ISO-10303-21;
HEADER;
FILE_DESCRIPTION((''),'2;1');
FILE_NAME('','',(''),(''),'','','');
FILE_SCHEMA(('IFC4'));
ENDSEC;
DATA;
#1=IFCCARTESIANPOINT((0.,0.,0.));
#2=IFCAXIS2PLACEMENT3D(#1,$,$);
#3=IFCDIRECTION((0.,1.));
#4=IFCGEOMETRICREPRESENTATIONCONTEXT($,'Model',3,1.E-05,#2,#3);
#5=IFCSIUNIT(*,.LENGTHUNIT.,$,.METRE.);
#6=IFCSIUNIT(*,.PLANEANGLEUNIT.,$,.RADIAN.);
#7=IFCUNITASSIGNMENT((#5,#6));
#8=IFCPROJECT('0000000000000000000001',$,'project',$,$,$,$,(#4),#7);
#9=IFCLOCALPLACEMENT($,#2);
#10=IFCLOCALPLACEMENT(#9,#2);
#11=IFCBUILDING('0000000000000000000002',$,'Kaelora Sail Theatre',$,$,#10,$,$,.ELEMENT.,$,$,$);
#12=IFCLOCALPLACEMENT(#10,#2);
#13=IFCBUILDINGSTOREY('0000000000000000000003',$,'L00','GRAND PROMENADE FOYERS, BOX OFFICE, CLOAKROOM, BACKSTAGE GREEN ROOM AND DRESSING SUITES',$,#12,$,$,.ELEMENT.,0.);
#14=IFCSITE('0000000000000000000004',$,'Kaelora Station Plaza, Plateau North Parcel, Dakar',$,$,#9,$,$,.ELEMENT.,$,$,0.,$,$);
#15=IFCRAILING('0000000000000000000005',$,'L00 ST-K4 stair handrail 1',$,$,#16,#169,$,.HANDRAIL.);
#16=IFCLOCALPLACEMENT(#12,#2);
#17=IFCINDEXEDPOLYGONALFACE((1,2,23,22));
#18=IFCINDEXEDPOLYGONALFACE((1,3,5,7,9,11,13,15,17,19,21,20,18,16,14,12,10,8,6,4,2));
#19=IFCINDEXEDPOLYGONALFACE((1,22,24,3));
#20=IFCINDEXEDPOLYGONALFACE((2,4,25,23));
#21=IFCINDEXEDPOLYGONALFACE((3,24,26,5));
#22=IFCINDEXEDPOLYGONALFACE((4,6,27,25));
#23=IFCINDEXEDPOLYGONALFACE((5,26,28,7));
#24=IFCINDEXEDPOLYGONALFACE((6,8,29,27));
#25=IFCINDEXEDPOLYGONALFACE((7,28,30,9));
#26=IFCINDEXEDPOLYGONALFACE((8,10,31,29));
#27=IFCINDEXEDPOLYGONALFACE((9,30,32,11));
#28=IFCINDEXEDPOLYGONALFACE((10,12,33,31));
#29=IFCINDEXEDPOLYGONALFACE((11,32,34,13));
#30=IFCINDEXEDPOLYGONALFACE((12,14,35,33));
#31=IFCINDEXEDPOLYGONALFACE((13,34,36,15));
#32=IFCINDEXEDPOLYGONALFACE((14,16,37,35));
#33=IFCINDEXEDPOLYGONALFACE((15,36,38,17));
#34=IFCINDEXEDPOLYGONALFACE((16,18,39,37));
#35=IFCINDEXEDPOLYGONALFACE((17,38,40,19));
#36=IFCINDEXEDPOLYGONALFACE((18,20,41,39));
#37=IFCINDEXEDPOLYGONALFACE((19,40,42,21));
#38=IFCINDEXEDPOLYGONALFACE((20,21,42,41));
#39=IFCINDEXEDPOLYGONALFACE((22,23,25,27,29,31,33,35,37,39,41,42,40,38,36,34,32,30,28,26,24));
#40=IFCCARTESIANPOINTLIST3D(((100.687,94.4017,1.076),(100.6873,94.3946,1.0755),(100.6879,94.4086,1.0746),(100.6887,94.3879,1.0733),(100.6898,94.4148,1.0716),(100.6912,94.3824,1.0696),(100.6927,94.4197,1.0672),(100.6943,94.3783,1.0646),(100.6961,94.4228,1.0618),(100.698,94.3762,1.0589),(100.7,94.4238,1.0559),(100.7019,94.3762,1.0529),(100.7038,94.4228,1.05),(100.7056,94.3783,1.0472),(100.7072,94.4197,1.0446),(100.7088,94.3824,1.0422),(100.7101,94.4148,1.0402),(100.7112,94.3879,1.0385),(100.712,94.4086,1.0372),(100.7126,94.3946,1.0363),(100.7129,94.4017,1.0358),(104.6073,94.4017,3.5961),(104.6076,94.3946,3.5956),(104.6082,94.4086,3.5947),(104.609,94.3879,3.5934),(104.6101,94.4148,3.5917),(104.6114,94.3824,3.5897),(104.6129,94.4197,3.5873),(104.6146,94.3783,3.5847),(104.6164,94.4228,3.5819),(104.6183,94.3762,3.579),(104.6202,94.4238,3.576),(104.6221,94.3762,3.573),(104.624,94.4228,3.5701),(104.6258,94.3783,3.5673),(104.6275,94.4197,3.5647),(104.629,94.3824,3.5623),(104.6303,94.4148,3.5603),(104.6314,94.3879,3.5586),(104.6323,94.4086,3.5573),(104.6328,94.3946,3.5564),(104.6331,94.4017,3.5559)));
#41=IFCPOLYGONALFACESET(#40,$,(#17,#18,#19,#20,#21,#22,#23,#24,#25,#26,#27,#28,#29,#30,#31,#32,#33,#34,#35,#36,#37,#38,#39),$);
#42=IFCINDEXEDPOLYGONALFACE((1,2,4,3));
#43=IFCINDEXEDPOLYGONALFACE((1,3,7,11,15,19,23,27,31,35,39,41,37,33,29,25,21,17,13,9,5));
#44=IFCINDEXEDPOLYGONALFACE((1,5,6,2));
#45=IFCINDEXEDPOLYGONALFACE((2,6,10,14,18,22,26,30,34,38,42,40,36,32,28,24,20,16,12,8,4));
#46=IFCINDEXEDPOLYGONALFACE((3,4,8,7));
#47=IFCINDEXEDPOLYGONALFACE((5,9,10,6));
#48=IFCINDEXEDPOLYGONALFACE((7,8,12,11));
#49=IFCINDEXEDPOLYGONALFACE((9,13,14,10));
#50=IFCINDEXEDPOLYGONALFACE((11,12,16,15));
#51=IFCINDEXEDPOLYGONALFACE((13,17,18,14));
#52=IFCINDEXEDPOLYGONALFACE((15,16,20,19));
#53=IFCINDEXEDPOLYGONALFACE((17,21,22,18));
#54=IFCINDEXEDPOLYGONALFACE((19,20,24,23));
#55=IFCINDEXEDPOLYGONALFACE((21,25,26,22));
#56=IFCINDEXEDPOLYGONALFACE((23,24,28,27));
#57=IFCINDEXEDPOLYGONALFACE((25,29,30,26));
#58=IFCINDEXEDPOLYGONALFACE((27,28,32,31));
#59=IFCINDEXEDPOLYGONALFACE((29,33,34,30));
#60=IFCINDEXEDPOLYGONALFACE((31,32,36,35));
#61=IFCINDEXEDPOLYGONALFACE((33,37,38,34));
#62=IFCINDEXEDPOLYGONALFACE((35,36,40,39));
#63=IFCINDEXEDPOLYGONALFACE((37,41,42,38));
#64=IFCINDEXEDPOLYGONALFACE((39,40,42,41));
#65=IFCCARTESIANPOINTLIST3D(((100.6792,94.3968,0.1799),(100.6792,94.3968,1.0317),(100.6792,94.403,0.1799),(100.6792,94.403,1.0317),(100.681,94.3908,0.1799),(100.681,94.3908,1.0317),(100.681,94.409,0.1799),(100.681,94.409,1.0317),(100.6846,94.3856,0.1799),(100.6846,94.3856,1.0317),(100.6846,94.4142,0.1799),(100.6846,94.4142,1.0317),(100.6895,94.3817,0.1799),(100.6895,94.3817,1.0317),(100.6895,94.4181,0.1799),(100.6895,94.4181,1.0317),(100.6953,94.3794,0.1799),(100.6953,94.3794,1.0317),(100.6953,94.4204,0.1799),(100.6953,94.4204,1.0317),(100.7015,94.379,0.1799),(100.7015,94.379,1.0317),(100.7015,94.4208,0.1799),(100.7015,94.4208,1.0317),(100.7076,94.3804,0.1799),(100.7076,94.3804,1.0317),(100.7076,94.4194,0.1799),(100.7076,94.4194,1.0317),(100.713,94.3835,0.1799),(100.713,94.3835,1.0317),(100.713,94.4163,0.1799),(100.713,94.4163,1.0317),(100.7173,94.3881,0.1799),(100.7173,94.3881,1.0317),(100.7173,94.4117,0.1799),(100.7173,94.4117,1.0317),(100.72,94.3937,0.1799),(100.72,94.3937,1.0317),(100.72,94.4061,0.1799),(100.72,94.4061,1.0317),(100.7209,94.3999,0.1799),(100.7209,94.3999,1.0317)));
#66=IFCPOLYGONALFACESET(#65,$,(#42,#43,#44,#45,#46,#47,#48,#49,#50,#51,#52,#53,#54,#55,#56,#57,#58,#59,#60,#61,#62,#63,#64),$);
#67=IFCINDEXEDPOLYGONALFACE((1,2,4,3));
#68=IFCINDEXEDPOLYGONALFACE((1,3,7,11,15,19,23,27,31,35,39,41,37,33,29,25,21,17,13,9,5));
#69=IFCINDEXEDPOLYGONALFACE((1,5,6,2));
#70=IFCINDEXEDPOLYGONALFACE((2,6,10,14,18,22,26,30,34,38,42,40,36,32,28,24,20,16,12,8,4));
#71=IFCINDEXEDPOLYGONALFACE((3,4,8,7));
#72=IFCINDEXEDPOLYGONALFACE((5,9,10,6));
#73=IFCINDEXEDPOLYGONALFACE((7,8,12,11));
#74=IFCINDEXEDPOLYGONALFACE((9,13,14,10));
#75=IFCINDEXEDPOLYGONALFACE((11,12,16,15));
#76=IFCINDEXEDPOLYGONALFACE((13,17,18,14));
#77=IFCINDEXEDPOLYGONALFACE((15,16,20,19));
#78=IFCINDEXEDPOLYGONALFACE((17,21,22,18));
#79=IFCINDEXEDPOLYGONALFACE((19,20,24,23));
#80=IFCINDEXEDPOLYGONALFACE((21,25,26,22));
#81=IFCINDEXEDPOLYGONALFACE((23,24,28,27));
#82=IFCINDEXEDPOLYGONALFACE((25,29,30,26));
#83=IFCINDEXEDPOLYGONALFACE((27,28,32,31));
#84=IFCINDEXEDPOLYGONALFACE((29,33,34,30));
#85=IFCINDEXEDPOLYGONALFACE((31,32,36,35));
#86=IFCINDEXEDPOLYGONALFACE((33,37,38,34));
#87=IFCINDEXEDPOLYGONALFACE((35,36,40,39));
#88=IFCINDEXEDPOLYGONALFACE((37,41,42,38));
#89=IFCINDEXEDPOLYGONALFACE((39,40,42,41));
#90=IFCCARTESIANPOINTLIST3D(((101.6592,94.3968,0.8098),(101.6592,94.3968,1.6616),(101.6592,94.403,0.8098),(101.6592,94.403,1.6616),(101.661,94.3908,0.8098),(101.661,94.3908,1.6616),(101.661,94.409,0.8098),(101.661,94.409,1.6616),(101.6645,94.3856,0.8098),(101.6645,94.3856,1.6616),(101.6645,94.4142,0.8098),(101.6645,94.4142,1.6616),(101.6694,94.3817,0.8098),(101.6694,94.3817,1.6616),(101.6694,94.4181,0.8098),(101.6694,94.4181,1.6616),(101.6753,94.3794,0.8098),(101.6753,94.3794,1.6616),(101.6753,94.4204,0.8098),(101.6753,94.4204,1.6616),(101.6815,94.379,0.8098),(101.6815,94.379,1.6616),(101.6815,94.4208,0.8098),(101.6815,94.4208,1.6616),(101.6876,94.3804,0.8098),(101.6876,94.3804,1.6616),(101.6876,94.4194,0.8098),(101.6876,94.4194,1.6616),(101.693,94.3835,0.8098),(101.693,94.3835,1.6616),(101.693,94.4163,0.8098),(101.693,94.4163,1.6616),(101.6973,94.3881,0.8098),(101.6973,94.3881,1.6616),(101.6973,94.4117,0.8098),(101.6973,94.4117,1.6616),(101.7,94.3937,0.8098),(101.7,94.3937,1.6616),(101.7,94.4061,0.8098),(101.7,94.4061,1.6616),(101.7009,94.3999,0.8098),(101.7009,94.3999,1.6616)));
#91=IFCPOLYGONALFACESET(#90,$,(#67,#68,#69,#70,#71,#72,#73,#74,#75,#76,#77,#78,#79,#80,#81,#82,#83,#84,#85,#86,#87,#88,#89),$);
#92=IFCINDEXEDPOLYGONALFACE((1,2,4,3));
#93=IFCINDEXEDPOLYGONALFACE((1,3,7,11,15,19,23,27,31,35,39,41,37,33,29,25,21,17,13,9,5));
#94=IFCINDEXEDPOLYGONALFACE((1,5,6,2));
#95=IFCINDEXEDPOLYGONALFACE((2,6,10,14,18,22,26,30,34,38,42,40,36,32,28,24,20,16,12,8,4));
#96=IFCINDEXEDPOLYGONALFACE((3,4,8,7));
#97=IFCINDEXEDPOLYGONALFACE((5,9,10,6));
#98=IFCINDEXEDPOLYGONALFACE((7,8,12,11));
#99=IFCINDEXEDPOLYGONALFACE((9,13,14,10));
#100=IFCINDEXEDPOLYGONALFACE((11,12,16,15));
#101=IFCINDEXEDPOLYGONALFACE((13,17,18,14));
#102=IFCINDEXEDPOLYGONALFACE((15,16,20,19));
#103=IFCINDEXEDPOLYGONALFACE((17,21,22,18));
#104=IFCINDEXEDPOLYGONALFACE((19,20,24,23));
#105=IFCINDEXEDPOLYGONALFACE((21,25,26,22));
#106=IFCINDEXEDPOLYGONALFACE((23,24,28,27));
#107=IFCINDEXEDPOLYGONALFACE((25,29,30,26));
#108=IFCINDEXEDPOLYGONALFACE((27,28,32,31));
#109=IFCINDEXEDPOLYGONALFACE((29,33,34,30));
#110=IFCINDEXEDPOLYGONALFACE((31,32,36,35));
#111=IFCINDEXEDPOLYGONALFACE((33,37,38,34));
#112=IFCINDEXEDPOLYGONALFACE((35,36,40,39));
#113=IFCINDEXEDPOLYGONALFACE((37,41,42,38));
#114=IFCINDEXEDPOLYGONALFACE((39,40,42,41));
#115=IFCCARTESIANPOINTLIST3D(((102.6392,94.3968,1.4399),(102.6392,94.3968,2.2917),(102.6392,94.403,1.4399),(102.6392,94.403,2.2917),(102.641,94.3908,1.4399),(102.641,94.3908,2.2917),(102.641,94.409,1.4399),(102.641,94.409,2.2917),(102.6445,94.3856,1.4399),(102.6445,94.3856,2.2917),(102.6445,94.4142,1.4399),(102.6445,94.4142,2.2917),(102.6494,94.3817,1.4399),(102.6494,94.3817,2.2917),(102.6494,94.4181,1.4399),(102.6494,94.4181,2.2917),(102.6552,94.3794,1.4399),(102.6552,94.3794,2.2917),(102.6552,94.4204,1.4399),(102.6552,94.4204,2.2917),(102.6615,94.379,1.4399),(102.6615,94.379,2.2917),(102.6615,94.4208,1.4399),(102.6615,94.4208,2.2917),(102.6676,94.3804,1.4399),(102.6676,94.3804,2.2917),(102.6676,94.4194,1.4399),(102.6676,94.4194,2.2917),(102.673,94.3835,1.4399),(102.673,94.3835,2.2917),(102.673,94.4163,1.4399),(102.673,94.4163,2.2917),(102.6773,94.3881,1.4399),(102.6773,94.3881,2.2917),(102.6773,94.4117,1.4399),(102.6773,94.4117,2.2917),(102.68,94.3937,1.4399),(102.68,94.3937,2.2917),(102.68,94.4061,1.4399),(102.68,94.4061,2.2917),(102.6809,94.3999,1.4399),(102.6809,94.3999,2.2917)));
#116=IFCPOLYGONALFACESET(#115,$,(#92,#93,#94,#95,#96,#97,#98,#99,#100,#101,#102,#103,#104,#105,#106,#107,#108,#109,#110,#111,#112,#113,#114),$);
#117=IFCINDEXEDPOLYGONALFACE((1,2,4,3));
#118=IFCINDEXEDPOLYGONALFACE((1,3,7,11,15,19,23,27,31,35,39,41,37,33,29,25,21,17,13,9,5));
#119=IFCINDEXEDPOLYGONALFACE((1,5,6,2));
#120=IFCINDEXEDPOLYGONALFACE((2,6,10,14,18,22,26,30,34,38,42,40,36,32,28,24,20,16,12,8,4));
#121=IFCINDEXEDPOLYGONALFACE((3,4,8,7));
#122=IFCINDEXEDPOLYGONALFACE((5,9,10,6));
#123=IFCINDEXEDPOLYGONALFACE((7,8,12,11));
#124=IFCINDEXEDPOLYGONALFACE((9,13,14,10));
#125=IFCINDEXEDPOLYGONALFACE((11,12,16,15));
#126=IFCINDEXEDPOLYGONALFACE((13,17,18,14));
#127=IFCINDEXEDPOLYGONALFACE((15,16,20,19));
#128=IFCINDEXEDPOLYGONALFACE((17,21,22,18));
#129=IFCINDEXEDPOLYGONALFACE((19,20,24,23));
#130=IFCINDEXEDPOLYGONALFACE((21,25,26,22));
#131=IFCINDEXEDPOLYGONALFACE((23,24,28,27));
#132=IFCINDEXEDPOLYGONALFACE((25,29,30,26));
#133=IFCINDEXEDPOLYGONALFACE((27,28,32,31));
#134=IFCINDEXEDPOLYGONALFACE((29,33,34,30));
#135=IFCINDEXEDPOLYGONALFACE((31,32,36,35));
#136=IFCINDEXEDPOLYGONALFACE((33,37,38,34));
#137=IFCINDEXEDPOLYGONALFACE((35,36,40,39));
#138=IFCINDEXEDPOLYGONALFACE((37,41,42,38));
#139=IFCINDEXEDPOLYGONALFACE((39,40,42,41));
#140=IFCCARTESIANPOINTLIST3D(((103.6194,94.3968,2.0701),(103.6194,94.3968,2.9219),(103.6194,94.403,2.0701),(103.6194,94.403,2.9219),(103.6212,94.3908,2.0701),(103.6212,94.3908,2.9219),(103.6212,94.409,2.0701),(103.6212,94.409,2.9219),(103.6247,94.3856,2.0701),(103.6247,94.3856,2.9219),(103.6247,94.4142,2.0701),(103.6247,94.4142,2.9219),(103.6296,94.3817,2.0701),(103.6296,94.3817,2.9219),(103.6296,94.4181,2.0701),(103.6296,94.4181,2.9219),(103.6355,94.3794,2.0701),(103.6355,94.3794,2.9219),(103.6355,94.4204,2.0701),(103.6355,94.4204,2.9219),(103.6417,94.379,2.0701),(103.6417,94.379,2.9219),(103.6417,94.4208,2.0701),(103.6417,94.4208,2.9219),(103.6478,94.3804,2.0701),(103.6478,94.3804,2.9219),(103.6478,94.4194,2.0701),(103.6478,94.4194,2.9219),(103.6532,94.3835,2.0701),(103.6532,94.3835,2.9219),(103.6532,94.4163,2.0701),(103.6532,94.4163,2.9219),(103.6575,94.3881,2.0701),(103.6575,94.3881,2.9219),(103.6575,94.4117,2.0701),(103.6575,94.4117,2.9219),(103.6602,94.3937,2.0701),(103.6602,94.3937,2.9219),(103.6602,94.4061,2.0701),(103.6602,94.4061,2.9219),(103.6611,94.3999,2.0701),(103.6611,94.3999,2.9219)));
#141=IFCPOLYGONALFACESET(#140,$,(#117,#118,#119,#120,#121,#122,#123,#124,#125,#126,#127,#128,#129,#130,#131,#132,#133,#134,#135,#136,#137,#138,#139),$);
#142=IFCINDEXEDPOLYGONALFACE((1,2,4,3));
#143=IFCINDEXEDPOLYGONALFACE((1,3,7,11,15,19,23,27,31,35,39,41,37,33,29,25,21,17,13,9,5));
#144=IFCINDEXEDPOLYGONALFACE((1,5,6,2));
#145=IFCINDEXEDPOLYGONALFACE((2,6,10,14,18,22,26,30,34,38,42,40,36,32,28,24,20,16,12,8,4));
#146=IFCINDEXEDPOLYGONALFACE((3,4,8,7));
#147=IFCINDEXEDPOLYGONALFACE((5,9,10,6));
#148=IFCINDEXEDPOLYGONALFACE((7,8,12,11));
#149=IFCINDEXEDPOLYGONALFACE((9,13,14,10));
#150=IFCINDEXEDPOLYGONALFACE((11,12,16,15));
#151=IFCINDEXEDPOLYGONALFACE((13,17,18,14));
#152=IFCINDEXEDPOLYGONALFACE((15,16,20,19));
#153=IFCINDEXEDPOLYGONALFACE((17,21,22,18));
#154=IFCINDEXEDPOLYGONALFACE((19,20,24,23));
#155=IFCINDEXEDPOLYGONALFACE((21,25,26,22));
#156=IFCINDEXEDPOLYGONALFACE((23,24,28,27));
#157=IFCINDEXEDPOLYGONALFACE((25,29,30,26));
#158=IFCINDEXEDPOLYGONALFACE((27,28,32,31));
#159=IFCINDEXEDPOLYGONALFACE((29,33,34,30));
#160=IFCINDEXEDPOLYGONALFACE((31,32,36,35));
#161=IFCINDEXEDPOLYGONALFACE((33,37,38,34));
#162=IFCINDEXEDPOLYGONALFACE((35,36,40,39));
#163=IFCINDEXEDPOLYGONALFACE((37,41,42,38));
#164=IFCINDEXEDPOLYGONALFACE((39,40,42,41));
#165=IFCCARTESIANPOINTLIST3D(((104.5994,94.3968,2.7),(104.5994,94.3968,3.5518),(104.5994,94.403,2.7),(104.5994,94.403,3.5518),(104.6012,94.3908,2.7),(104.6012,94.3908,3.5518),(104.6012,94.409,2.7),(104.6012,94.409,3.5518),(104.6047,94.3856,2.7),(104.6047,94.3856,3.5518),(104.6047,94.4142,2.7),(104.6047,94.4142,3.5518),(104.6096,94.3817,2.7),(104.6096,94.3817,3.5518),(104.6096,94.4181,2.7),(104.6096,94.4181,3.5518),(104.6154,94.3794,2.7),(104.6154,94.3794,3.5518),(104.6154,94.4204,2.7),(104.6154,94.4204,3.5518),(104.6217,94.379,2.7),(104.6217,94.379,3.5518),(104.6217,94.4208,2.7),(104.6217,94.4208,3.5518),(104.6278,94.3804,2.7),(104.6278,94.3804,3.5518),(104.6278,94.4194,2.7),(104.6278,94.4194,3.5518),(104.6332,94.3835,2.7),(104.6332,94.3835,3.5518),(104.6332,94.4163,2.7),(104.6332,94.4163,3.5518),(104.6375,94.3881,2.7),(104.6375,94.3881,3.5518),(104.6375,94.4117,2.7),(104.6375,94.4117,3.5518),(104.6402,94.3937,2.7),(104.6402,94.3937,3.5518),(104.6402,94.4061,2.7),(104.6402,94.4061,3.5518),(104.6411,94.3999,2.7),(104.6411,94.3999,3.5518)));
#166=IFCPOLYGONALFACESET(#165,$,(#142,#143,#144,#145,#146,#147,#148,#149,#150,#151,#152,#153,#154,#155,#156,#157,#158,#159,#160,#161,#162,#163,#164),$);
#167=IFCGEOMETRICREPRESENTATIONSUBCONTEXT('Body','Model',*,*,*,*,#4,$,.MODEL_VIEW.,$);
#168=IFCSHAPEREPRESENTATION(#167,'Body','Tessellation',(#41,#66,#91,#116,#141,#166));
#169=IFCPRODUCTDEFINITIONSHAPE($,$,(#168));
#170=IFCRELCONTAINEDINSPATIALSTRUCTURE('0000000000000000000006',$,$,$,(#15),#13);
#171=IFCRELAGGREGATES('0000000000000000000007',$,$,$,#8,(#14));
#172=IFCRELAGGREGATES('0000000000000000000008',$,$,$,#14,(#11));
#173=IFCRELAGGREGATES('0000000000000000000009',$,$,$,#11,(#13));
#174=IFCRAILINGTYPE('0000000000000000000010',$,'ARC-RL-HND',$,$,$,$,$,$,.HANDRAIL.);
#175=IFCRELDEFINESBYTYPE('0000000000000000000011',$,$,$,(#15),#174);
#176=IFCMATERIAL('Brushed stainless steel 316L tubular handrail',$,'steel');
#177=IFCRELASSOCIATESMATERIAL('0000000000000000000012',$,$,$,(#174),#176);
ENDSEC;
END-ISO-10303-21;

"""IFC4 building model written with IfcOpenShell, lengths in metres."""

from ifc_helpers import new_model, si_unit, direction, frame, origin, origin_2d, place, context, subcontext, project, spatial, circle, extrude, material, type_object, element, save


model = new_model("IFC4")

# Units and contexts
model_context = context("Model", 3, precision=1e-05, world=origin(), true_north=direction((0.0, 1.0)))
body_context = subcontext(model_context, "Body", "Model", "MODEL_VIEW")
ifc_project = project(units=[si_unit("LENGTHUNIT", "METRE"), si_unit("PLANEANGLEUNIT", "RADIAN")], contexts=[model_context])

# Site, building, storey
site_placement = place(None, origin())
site = spatial("IfcSite", under=ifc_project, at=site_placement, Name="Kaelora Station Plaza, Plateau North Parcel, Dakar", CompositionType="ELEMENT", RefElevation=0.0)
building_placement = place(site_placement, origin())
building = spatial("IfcBuilding", under=site, at=building_placement, Name="Kaelora Sail Theatre", CompositionType="ELEMENT")
storey_placement = place(building_placement, origin())
storey = spatial("IfcBuildingStorey", under=building, at=storey_placement, Name="L00", Description="GRAND PROMENADE FOYERS, BOX OFFICE, CLOAKROOM, BACKSTAGE GREEN ROOM AND DRESSING SUITES", CompositionType="ELEMENT", Elevation=0.0)

# Railing
ifc_material_1 = material(Name="Brushed stainless steel 316L tubular handrail", Category="steel")
railing_type_1 = type_object("IfcRailingType", Name="ARC-RL-HND", PredefinedType="HANDRAIL", material=ifc_material_1)
railing_1_placement = place(storey_placement, frame((100.7, 94.3999, 0.1799)))
element("IfcRailing", 1, at=railing_1_placement, inside=storey, type_object=railing_type_1, Name="L00 ST-K4 stair handrail 1", PredefinedType="HANDRAIL", context=body_context, shape_type="SweptSolid", body=[
    extrude(circle(Radius=0.0239, at=origin_2d()), frame((0.0, 0.0, 0.876), z_axis=(0.841187, 0.0, 0.540744), x_axis=(0.0, 1.0, 0.0)), (0.0, 0.0, 1.0), 4.6604),
    extrude(circle(Radius=0.021, at=origin_2d()), origin(), (0.0, 0.0, 1.0), 0.8518),
    extrude(circle(Radius=0.021, at=origin_2d()), frame((0.98, 0.0, 0.6299)), (0.0, 0.0, 1.0), 0.8518),
    extrude(circle(Radius=0.021, at=origin_2d()), frame((1.96, 0.0, 1.26)), (0.0, 0.0, 1.0), 0.8518),
    extrude(circle(Radius=0.021, at=origin_2d()), frame((2.9402, 0.0, 1.8901)), (0.0, 0.0, 1.0), 0.8518),
    extrude(circle(Radius=0.021, at=origin_2d()), frame((3.9202, 0.0, 2.52)), (0.0, 0.0, 1.0), 0.8518),
])

save(model, "model.ifc")
